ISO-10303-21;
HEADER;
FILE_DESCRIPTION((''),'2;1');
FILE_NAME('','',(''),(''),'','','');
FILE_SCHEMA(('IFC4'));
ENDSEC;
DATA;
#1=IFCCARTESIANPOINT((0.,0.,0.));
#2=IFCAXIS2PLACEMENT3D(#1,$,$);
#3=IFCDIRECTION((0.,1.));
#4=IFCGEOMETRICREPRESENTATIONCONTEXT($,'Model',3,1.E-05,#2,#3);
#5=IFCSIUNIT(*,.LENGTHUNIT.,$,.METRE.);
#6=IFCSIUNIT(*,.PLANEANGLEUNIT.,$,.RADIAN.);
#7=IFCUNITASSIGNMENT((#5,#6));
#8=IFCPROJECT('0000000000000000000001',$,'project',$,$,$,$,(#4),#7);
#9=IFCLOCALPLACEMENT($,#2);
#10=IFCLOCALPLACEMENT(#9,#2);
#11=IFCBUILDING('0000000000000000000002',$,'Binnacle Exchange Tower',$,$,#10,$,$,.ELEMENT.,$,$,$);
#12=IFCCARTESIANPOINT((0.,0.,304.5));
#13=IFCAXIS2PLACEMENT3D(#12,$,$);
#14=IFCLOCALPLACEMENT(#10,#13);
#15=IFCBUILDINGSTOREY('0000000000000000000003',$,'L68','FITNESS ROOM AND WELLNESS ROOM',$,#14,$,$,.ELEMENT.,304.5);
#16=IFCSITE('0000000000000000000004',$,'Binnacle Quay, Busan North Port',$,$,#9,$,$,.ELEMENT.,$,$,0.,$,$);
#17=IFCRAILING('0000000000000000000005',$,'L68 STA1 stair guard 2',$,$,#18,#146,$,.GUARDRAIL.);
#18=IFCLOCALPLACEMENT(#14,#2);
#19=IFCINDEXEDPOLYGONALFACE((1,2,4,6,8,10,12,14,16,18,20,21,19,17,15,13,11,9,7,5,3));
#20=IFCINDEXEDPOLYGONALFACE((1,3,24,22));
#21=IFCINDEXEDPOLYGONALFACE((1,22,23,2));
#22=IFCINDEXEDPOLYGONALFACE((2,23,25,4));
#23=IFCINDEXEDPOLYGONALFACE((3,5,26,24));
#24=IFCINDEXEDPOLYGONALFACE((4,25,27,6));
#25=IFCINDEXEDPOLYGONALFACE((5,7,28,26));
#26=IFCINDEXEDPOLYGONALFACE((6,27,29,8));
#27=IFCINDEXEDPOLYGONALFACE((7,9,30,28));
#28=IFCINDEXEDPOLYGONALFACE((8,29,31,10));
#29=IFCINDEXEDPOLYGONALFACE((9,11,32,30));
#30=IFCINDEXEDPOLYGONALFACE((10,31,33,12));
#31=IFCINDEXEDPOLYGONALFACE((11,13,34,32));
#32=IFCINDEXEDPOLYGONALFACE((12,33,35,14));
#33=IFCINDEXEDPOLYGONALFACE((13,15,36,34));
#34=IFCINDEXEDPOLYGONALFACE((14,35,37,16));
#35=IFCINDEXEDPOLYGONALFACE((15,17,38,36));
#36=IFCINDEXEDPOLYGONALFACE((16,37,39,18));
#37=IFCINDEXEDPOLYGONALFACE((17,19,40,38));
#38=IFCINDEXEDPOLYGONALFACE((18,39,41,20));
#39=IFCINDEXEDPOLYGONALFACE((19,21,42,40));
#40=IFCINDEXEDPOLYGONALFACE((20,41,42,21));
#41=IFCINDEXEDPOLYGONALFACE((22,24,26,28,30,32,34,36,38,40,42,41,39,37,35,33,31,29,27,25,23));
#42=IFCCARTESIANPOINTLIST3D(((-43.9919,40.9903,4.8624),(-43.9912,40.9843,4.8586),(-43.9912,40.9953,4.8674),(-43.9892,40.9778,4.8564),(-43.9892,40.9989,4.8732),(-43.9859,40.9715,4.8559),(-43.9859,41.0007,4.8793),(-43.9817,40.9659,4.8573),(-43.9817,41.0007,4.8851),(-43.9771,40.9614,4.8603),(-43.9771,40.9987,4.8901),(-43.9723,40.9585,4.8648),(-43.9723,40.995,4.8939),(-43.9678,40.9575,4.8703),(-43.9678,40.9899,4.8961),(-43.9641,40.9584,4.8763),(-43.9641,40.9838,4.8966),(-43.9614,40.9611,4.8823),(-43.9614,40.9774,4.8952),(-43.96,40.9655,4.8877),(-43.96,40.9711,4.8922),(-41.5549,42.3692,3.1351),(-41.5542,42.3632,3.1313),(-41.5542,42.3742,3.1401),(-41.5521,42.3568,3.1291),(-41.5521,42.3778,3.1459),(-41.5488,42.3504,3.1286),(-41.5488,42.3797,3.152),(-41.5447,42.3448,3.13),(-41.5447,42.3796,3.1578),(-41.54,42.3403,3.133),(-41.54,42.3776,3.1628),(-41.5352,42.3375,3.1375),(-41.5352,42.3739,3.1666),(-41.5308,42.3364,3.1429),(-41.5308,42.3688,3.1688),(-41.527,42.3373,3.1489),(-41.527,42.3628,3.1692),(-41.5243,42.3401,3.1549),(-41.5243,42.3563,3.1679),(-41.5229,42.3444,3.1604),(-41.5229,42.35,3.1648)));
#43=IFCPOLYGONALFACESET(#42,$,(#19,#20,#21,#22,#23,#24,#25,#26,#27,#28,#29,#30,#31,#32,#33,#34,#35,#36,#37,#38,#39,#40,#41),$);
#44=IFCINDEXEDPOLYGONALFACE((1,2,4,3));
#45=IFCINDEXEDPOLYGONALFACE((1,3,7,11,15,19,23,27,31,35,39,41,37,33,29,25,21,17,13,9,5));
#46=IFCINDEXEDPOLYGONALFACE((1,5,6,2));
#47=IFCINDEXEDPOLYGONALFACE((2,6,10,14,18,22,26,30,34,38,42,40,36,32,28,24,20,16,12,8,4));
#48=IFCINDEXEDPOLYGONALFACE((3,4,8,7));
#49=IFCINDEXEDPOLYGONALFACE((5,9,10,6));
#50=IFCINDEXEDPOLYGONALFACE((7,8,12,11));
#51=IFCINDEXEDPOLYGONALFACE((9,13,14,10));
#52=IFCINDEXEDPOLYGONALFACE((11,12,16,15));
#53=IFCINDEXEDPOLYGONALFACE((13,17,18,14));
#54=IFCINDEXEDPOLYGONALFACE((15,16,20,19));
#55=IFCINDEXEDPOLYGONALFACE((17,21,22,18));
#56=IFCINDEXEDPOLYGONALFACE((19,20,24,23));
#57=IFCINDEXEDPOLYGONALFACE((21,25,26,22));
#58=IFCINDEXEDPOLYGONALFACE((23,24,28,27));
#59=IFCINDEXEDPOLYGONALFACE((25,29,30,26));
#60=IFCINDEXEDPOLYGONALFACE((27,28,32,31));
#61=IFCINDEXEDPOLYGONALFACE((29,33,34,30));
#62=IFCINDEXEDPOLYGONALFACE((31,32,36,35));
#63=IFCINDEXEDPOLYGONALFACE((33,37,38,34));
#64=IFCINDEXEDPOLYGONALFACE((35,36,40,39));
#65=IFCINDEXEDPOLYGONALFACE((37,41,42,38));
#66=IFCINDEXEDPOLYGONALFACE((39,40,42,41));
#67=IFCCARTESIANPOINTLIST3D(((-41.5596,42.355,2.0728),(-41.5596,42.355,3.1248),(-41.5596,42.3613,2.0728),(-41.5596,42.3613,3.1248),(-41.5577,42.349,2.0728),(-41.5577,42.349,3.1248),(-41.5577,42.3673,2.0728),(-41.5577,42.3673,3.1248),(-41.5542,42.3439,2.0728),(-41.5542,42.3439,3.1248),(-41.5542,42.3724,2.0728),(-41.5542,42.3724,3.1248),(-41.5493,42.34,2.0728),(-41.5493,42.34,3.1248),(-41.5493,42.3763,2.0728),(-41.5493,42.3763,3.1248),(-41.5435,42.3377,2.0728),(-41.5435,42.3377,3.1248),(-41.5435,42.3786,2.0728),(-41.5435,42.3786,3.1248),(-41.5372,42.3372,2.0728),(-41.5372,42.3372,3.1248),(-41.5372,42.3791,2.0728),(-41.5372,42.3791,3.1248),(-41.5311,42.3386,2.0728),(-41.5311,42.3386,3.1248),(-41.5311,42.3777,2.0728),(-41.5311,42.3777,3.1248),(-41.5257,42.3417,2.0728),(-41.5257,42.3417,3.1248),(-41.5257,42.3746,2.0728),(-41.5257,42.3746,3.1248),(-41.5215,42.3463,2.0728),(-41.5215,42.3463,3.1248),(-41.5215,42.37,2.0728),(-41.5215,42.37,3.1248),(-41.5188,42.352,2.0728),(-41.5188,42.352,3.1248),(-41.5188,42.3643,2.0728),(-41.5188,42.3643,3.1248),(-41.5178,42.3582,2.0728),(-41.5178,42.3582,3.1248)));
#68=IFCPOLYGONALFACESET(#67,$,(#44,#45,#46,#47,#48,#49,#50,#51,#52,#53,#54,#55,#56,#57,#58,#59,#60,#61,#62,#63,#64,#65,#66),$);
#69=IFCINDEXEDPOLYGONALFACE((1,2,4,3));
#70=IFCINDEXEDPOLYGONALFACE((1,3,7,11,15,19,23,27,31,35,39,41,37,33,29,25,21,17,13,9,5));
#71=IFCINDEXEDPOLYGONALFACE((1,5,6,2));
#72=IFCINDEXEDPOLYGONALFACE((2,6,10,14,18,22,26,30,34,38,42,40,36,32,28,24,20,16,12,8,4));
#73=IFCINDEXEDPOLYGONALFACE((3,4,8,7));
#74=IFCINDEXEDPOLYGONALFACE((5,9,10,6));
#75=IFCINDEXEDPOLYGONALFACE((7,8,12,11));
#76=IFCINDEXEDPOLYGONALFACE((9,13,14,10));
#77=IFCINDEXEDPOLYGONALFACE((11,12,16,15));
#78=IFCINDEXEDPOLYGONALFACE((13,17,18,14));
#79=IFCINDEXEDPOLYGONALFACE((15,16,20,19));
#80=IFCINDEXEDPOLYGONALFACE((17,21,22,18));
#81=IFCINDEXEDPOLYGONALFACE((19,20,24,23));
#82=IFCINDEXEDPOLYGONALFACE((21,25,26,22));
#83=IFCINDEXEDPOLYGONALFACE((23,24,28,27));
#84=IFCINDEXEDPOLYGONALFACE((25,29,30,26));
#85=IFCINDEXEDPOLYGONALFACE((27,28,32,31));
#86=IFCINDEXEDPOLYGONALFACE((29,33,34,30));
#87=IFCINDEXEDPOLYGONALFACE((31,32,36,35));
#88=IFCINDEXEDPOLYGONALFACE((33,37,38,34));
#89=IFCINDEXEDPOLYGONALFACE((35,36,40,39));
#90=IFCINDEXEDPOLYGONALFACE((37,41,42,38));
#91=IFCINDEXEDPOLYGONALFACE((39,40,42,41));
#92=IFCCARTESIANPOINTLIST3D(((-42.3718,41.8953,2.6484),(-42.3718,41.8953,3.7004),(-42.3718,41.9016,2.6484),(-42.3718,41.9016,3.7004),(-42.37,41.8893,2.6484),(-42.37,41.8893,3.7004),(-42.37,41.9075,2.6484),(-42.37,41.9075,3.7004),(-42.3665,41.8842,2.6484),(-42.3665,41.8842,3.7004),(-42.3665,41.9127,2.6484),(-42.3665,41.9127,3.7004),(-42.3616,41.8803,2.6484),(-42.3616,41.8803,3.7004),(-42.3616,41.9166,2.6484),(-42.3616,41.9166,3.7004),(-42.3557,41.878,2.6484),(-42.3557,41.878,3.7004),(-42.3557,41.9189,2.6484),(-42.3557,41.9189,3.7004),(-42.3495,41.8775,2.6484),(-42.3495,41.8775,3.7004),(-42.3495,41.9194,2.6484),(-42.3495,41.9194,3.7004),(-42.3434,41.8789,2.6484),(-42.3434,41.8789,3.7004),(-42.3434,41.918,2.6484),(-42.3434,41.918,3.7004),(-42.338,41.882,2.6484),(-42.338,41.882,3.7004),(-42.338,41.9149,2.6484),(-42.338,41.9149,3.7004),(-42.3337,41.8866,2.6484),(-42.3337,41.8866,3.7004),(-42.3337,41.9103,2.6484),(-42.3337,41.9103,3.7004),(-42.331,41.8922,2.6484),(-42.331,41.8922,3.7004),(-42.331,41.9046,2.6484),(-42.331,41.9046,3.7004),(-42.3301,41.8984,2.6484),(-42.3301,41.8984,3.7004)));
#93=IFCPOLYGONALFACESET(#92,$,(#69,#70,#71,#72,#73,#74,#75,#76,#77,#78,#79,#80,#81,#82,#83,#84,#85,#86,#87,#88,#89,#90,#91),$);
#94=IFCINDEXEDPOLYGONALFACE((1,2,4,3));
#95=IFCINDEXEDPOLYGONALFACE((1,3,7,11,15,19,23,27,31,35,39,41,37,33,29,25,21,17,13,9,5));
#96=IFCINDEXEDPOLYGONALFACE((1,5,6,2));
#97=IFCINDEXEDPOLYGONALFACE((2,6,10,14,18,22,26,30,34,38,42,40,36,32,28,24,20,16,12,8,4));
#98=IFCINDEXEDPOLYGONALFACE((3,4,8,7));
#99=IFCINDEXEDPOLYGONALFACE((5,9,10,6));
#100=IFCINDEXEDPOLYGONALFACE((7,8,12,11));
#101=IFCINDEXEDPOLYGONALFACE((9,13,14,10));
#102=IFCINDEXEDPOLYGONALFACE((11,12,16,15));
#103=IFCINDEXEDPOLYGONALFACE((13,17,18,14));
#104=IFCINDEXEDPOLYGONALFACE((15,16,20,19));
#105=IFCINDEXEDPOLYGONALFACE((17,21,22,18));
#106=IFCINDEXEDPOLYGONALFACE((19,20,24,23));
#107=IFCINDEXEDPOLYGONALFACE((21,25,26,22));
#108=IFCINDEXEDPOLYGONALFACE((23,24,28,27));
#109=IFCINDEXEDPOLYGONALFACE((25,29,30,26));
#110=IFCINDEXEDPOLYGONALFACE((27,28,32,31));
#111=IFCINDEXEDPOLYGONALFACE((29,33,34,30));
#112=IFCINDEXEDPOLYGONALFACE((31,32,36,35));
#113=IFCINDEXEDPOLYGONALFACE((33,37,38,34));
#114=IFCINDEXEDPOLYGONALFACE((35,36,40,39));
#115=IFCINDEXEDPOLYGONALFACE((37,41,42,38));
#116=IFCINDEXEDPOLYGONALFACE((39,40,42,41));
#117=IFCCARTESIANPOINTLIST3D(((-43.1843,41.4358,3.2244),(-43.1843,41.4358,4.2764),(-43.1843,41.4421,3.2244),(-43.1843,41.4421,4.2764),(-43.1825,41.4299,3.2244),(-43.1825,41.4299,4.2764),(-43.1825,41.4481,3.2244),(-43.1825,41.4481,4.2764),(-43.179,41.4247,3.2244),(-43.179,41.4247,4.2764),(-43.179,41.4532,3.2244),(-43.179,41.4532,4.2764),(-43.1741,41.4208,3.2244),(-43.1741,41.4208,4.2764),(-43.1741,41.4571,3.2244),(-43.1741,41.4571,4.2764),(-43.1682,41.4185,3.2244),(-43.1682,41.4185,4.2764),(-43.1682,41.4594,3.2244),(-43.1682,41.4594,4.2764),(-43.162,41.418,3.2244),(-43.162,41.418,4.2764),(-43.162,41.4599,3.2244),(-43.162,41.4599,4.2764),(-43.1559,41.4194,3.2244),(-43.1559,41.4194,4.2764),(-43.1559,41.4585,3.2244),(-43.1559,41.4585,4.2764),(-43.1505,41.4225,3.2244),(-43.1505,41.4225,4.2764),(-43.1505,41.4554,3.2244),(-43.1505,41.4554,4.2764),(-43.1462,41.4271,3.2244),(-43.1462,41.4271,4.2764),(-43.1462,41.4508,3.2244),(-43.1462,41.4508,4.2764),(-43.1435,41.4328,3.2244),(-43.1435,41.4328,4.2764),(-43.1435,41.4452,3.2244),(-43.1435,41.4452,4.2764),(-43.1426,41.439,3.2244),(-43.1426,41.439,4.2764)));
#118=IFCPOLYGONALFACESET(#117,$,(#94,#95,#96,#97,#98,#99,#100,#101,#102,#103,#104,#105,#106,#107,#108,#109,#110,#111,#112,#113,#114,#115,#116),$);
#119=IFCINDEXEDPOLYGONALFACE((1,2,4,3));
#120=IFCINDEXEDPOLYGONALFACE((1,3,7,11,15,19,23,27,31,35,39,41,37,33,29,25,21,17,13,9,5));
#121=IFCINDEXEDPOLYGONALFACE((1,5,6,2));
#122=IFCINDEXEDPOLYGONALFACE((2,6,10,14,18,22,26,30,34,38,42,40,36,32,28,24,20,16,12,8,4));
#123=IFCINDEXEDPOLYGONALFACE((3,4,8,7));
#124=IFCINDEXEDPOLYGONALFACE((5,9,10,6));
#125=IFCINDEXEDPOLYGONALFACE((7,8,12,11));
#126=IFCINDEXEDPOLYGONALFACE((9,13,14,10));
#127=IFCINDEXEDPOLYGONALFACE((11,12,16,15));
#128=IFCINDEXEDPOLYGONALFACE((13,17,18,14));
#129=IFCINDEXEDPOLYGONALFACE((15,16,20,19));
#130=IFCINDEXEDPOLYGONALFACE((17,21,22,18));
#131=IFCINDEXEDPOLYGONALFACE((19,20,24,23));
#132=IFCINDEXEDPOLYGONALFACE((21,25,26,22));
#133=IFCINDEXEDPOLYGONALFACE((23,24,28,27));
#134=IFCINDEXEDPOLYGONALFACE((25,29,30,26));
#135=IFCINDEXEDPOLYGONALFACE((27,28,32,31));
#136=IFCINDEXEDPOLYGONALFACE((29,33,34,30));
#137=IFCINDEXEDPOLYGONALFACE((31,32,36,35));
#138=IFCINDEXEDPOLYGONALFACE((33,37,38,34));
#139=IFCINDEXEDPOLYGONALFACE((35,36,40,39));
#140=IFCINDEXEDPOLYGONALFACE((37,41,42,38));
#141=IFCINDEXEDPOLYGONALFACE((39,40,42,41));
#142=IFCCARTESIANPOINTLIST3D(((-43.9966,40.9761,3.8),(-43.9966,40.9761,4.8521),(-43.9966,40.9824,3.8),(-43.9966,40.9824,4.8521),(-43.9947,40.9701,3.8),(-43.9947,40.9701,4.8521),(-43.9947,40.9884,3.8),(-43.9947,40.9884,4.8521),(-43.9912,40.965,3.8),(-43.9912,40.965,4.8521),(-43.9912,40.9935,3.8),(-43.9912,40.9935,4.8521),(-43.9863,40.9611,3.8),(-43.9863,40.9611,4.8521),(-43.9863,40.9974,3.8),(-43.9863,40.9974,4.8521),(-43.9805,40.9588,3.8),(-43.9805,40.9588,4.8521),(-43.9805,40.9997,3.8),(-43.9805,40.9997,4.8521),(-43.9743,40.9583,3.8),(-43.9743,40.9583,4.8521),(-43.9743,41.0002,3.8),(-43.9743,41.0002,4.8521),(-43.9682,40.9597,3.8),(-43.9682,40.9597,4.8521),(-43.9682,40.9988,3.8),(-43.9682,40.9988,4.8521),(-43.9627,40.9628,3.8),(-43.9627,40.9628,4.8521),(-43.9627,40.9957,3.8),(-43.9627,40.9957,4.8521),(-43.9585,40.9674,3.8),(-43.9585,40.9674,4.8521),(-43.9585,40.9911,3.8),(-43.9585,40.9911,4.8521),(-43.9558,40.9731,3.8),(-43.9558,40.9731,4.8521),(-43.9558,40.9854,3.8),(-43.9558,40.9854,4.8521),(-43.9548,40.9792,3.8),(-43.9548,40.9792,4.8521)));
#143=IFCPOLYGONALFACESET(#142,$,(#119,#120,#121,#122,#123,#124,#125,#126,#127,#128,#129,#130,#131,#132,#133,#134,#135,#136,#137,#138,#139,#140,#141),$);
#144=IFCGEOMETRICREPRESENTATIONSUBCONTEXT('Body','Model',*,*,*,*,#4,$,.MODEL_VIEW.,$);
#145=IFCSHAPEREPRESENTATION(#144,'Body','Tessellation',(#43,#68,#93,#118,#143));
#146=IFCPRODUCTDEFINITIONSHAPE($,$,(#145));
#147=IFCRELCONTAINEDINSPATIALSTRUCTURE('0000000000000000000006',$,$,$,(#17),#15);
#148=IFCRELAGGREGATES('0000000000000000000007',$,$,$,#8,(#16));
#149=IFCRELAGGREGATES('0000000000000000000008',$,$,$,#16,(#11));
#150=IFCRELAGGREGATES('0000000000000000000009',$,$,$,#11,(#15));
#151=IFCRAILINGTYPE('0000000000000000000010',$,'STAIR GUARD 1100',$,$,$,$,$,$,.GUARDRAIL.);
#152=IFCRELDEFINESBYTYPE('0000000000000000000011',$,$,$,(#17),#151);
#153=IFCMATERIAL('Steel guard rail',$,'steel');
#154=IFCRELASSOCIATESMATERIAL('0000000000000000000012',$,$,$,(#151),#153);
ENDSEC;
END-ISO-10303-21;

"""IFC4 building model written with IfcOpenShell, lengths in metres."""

from ifc_helpers import new_model, si_unit, direction, frame, origin, origin_2d, place, context, subcontext, project, spatial, circle, extrude, material, type_object, element, save


model = new_model("IFC4")

# Units and contexts
model_context = context("Model", 3, precision=1e-05, world=origin(), true_north=direction((0.0, 1.0)))
body_context = subcontext(model_context, "Body", "Model", "MODEL_VIEW")
ifc_project = project(units=[si_unit("LENGTHUNIT", "METRE"), si_unit("PLANEANGLEUNIT", "RADIAN")], contexts=[model_context])

# Site, building, storey
site_placement = place(None, origin())
site = spatial("IfcSite", under=ifc_project, at=site_placement, Name="Binnacle Quay, Busan North Port", CompositionType="ELEMENT", RefElevation=0.0)
building_placement = place(site_placement, origin())
building = spatial("IfcBuilding", under=site, at=building_placement, Name="Binnacle Exchange Tower", CompositionType="ELEMENT")
storey_placement = place(building_placement, frame((0.0, 0.0, 304.5)))
storey = spatial("IfcBuildingStorey", under=building, at=storey_placement, Name="L68", Description="FITNESS ROOM AND WELLNESS ROOM", CompositionType="ELEMENT", Elevation=304.5)

# Railing
ifc_material_1 = material(Name="Steel guard rail", Category="steel")
railing_type = type_object("IfcRailingType", Name="STAIR GUARD 1100", PredefinedType="GUARDRAIL", material=ifc_material_1)
railing_placement = place(storey_placement, frame((-41.5388, 42.3582, 2.0728)))
element("IfcRailing", 1, at=railing_placement, inside=storey, type_object=railing_type, Name="L68 STA1 stair guard 2", PredefinedType="GUARDRAIL", context=body_context, shape_type="SweptSolid", body=[
    extrude(circle(Radius=0.0239, at=origin_2d()), frame((0.0, 0.0, 1.0762), z_axis=(-0.740738, -0.419123, 0.525017), x_axis=(0.492454, -0.870339, 0.0)), (0.0, 0.0, 1.0), 3.29),
    extrude(circle(Radius=0.021, at=origin_2d()), origin(), (0.0, 0.0, 1.0), 1.052),
    extrude(circle(Radius=0.021, at=origin_2d()), frame((-0.8123, -0.4597, 0.5757)), (0.0, 0.0, 1.0), 1.052),
    extrude(circle(Radius=0.021, at=origin_2d()), frame((-1.6248, -0.9192, 1.1516)), (0.0, 0.0, 1.0), 1.052),
    extrude(circle(Radius=0.021, at=origin_2d()), frame((-2.437, -1.3789, 1.7273)), (0.0, 0.0, 1.0), 1.052),
])

save(model, "model.ifc")
